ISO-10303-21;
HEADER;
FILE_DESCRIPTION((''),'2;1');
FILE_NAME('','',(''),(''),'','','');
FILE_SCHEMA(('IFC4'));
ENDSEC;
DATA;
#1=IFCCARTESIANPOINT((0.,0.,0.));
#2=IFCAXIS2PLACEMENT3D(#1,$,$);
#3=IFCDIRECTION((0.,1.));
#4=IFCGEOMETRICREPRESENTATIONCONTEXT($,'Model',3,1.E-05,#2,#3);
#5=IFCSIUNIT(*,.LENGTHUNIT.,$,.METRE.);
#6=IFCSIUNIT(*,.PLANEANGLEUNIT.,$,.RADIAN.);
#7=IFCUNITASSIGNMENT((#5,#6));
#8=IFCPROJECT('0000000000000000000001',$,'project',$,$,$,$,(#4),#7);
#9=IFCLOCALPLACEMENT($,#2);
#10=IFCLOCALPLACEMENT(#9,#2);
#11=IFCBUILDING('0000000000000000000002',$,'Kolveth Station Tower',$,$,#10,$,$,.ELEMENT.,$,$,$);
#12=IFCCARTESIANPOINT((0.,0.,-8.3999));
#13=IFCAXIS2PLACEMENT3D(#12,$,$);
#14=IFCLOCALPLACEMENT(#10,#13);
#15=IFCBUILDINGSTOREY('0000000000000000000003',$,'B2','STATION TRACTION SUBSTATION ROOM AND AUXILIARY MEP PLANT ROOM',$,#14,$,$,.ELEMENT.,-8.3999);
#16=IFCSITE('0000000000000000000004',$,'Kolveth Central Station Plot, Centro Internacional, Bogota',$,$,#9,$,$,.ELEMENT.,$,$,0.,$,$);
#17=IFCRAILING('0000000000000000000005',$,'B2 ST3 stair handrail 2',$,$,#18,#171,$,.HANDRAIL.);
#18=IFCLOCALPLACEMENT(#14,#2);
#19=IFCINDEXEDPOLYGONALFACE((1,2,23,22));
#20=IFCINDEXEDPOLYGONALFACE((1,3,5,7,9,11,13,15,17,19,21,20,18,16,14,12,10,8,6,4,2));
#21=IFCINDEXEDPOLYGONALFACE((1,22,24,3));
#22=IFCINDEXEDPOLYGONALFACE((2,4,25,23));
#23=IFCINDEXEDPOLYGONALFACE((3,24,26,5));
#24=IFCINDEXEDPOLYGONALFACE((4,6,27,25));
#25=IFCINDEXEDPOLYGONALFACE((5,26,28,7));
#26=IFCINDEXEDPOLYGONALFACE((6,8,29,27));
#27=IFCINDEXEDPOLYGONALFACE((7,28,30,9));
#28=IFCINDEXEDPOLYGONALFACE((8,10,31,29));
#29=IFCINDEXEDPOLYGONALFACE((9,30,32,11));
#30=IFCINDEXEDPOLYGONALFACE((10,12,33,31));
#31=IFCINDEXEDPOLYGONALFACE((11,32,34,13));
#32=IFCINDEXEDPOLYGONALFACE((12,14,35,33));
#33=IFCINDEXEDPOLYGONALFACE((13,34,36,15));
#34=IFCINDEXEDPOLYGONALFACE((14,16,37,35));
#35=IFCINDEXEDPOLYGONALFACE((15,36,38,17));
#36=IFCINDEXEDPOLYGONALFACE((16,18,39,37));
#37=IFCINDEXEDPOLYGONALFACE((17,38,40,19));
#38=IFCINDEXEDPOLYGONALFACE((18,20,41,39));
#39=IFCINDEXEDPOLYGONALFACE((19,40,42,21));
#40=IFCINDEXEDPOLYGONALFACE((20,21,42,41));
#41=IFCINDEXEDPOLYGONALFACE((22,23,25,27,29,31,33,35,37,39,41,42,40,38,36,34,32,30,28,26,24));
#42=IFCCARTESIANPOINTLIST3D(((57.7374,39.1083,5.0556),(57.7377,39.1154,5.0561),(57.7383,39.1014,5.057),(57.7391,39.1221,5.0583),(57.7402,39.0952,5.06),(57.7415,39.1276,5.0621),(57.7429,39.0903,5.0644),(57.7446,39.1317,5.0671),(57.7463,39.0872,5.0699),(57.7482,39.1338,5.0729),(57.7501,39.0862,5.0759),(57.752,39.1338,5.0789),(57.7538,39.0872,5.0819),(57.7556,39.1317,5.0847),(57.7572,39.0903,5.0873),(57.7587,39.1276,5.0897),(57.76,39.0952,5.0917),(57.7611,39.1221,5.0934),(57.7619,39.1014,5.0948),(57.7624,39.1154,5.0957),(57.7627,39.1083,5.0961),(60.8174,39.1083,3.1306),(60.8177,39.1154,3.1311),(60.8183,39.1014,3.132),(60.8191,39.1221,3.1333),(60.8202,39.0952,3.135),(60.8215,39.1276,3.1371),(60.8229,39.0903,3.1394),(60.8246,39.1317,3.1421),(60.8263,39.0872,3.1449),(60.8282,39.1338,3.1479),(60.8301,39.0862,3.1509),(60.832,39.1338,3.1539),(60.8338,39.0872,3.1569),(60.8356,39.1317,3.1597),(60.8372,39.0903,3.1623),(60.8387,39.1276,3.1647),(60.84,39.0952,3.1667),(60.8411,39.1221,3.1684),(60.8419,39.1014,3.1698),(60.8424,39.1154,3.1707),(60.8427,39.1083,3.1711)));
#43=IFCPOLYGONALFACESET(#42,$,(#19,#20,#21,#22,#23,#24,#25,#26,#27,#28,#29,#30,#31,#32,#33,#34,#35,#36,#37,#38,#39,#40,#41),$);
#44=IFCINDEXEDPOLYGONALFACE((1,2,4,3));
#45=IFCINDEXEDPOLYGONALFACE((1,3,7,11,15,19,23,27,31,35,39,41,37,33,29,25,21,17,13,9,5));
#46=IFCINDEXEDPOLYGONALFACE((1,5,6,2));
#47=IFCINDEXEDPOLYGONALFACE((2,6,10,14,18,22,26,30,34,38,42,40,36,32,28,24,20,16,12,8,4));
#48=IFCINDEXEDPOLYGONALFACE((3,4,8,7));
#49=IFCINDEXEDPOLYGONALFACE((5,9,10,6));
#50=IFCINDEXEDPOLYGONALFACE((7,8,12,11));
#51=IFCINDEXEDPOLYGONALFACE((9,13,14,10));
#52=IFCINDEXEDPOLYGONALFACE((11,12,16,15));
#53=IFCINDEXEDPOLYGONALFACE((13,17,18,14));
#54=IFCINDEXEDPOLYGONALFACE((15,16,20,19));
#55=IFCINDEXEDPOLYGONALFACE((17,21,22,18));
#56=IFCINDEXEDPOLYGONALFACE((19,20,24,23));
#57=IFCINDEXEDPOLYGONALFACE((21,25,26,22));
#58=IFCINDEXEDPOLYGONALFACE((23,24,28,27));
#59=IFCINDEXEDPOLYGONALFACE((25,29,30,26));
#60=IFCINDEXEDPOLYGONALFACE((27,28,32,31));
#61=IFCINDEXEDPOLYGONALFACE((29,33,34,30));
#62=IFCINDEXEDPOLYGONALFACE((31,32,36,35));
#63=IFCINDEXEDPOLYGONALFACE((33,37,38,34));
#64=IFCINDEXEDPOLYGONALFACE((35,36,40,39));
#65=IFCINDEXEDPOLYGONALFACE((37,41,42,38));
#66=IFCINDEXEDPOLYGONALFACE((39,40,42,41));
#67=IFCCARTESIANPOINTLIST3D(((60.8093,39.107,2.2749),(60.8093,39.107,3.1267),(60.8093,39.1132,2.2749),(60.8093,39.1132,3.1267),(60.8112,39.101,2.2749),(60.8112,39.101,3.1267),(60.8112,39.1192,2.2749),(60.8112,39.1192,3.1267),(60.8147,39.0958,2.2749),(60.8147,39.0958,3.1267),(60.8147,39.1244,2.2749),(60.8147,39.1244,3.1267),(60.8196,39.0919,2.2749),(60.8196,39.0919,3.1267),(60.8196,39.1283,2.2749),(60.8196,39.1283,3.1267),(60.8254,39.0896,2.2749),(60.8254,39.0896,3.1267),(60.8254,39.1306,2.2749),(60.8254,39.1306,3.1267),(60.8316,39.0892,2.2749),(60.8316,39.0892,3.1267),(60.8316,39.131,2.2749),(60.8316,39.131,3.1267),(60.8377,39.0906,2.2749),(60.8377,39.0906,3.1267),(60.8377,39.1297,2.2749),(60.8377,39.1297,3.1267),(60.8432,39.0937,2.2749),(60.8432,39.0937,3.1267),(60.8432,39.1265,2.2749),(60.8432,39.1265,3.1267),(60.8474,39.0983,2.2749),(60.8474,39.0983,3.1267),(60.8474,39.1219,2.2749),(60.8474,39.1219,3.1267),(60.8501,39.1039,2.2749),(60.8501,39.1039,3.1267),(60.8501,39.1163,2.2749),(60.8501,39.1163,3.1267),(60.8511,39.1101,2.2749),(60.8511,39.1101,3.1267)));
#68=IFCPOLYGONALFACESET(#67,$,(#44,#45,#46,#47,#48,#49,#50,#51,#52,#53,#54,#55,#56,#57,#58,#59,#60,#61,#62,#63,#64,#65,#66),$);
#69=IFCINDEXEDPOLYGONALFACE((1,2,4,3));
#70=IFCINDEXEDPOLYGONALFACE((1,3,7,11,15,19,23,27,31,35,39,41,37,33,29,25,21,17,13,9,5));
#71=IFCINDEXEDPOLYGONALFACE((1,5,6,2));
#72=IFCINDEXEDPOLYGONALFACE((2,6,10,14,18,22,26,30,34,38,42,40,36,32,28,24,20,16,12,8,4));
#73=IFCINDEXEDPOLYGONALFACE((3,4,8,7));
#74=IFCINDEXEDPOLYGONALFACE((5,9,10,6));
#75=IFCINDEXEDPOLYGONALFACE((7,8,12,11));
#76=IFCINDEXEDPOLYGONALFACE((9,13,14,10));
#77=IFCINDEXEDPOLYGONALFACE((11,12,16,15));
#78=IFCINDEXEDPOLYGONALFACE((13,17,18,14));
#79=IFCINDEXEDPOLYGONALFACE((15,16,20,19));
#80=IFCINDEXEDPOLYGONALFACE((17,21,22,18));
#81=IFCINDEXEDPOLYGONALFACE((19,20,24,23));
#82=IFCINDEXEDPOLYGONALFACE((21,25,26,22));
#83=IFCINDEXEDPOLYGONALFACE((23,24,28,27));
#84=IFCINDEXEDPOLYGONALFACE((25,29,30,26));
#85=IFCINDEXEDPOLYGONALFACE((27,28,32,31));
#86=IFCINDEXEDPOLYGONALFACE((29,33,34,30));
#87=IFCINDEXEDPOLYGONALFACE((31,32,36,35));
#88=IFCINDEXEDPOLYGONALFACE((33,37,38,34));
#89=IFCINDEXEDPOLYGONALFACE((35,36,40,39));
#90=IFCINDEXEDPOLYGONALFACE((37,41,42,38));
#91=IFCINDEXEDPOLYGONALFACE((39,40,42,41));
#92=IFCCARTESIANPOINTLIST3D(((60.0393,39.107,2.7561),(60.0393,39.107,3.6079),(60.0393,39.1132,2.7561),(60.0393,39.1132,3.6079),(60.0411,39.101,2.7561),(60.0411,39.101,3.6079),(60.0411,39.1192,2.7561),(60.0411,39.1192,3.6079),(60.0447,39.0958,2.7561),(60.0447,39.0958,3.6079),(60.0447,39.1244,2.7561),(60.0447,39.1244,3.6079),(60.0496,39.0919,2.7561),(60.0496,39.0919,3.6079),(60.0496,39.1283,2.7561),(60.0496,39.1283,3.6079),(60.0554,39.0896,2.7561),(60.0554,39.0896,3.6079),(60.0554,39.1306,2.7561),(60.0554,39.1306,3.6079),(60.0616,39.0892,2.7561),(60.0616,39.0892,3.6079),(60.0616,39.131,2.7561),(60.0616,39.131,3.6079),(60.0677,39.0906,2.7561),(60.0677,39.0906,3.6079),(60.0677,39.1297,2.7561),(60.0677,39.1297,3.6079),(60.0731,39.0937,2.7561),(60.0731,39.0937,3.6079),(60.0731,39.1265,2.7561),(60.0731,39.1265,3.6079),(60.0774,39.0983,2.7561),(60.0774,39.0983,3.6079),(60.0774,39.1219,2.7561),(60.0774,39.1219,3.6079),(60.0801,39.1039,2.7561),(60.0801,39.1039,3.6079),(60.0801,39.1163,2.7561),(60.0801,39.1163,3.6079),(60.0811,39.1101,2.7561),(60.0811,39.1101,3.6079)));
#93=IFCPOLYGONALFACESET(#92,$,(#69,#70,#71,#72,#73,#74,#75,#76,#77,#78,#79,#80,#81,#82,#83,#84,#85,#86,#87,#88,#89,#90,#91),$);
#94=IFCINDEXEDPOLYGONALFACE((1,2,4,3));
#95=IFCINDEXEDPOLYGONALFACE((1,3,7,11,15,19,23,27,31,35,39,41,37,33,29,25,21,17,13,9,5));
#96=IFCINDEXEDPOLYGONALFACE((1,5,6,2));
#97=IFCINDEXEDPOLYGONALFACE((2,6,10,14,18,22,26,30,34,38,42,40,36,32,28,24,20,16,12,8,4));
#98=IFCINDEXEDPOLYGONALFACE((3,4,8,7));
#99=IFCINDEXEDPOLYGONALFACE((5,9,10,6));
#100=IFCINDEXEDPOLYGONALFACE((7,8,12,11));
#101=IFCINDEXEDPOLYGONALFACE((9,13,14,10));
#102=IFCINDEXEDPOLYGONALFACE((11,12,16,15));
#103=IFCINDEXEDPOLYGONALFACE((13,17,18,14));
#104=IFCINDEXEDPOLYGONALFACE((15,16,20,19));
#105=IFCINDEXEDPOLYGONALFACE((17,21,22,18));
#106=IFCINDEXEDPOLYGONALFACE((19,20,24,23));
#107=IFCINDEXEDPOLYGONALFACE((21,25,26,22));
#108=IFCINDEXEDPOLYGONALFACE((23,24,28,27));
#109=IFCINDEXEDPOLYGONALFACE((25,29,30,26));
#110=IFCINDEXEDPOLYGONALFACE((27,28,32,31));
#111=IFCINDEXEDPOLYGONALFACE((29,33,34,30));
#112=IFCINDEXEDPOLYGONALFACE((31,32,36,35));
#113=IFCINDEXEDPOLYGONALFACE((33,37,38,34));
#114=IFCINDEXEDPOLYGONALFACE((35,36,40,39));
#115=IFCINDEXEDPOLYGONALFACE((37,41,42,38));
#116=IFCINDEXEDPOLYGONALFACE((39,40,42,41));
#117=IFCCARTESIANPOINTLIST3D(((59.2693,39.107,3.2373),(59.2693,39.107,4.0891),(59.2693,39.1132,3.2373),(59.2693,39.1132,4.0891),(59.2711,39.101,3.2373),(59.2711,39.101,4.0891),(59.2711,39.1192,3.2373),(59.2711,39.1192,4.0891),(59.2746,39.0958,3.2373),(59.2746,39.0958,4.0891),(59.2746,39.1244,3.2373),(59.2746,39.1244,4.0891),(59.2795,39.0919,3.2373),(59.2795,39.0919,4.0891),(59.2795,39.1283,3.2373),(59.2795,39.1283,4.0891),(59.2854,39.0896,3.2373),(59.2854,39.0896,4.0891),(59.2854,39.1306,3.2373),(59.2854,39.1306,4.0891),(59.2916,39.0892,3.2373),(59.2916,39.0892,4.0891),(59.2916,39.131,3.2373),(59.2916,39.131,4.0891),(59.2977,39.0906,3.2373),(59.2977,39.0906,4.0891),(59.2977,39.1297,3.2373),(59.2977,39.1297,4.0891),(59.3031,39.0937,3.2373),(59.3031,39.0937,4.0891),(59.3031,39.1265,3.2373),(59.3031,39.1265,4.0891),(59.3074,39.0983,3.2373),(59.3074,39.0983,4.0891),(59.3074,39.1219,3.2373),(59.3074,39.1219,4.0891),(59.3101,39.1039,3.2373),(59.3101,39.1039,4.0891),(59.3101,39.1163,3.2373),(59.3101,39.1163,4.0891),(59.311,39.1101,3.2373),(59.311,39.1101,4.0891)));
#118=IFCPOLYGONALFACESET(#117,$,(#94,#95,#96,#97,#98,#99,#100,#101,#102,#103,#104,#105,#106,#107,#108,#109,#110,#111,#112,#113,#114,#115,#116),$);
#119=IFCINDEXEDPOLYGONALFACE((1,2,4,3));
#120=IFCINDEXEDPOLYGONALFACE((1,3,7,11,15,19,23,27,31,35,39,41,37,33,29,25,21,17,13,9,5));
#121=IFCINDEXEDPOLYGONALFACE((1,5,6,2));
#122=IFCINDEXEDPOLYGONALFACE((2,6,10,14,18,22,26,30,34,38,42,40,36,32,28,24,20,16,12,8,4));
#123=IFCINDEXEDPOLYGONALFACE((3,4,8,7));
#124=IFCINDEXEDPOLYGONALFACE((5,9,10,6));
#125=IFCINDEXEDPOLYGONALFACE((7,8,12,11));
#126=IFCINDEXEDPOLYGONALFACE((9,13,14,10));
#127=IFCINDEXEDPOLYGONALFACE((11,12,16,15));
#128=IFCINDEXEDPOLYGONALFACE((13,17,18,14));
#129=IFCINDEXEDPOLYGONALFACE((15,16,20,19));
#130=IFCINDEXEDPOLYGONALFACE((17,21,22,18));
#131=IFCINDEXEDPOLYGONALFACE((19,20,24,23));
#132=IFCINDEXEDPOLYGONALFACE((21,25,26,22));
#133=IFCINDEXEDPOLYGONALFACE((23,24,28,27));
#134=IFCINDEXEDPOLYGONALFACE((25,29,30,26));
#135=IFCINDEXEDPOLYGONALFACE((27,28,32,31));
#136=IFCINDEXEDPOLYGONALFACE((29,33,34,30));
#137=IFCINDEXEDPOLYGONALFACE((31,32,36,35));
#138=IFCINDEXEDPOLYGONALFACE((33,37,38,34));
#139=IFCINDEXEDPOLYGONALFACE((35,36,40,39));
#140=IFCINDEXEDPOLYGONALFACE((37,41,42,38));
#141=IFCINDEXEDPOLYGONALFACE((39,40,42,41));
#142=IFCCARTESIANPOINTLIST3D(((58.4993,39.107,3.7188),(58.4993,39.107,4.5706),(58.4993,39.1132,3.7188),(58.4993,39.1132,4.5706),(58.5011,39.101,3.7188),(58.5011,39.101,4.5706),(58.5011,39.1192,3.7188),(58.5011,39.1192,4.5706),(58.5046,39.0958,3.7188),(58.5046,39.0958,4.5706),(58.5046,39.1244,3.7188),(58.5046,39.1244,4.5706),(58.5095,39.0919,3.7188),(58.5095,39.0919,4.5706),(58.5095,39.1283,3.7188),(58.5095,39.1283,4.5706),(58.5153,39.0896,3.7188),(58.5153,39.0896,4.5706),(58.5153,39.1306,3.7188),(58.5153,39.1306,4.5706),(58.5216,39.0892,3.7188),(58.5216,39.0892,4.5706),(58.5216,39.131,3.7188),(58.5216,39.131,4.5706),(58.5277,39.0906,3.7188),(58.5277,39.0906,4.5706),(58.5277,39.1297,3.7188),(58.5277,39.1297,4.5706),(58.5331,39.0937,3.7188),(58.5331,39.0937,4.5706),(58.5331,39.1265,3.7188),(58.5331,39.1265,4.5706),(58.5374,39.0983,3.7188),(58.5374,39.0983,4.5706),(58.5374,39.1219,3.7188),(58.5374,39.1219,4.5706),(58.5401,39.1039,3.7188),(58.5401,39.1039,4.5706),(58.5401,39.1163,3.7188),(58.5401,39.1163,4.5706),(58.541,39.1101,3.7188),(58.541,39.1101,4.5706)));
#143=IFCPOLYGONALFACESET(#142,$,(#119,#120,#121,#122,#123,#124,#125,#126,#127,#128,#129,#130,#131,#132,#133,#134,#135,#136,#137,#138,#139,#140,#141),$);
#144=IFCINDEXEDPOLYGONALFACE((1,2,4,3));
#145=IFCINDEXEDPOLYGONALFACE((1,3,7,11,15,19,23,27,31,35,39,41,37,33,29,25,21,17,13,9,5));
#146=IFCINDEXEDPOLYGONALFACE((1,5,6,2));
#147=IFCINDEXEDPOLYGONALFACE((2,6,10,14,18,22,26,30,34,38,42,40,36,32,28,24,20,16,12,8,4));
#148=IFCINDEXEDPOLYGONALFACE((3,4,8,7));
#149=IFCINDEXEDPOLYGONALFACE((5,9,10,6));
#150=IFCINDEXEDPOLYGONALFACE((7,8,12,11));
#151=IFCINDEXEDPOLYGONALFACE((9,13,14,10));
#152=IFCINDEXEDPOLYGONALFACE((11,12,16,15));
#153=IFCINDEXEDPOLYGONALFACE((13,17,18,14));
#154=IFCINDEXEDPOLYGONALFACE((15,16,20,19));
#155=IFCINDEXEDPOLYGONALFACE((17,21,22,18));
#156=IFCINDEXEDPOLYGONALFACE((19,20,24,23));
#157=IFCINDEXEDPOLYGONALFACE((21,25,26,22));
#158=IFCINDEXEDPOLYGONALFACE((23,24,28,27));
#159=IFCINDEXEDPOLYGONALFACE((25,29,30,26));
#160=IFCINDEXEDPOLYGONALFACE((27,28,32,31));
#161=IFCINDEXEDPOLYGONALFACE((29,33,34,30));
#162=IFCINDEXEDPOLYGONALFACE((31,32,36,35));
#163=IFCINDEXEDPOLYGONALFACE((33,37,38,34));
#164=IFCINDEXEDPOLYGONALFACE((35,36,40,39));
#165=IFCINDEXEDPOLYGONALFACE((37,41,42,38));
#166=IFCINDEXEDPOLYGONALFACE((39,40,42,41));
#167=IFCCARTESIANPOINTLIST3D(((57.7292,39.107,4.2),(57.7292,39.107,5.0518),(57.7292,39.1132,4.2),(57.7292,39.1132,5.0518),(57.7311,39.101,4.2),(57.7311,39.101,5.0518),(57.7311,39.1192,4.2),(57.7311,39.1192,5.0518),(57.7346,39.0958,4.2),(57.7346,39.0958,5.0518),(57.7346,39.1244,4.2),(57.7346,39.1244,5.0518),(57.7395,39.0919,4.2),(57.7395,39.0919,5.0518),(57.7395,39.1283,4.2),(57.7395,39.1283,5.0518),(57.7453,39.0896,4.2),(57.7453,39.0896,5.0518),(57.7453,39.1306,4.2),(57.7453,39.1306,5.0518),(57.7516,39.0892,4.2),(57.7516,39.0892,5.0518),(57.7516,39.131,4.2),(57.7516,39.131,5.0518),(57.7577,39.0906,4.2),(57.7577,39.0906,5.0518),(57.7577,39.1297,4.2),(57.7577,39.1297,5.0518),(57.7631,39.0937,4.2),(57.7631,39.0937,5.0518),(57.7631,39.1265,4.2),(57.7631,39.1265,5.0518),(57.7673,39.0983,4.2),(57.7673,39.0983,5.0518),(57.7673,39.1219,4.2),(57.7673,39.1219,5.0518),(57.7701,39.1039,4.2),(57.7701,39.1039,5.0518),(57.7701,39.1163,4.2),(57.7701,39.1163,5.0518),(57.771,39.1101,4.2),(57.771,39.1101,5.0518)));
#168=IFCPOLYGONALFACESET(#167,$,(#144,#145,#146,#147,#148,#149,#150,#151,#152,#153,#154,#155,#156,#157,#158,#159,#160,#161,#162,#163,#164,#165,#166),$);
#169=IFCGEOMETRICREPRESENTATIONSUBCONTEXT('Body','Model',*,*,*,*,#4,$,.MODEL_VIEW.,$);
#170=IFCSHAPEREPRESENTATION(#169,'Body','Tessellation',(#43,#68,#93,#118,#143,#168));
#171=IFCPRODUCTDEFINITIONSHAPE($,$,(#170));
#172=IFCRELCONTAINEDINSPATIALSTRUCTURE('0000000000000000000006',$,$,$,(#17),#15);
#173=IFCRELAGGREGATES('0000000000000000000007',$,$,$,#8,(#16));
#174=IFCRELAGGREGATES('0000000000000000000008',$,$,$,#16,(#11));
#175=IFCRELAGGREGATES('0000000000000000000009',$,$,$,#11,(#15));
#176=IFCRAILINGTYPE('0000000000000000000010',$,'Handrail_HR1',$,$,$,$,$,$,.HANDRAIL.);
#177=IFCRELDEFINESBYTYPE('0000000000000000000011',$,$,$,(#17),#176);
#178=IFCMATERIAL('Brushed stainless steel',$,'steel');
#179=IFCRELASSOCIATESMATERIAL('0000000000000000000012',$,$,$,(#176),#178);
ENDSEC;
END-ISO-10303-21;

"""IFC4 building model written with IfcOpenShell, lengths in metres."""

from ifc_helpers import new_model, si_unit, direction, frame, origin, origin_2d, place, context, subcontext, project, spatial, circle, extrude, material, type_object, element, save


model = new_model("IFC4")

# Units and contexts
model_context = context("Model", 3, precision=1e-05, world=origin(), true_north=direction((0.0, 1.0)))
body_context = subcontext(model_context, "Body", "Model", "MODEL_VIEW")
ifc_project = project(units=[si_unit("LENGTHUNIT", "METRE"), si_unit("PLANEANGLEUNIT", "RADIAN")], contexts=[model_context])

# Site, building, storey
site_placement = place(None, origin())
site = spatial("IfcSite", under=ifc_project, at=site_placement, Name="Kolveth Central Station Plot, Centro Internacional, Bogota", CompositionType="ELEMENT", RefElevation=0.0)
building_placement = place(site_placement, origin())
building = spatial("IfcBuilding", under=site, at=building_placement, Name="Kolveth Station Tower", CompositionType="ELEMENT")
storey_placement = place(building_placement, frame((0.0, 0.0, -8.3999)))
storey = spatial("IfcBuildingStorey", under=building, at=storey_placement, Name="B2", Description="STATION TRACTION SUBSTATION ROOM AND AUXILIARY MEP PLANT ROOM", CompositionType="ELEMENT", Elevation=-8.3999)

# Railing
ifc_material_1 = material(Name="Brushed stainless steel", Category="steel")
railing_type_1 = type_object("IfcRailingType", Name="Handrail_HR1", PredefinedType="HANDRAIL", material=ifc_material_1)
railing_1_placement = place(storey_placement, frame((60.8301, 39.1101, 2.2749)))
element("IfcRailing", 1, at=railing_1_placement, inside=storey, type_object=railing_type_1, Name="B2 ST3 stair handrail 2", PredefinedType="HANDRAIL", context=body_context, shape_type="SweptSolid", body=[
    extrude(circle(Radius=0.0239, at=origin_2d()), frame((0.0, 0.0, 0.876), z_axis=(-0.847998, 0.0, 0.529999), x_axis=(0.0, -1.0, 0.0)), (0.0, 0.0, 1.0), 3.6321),
    extrude(circle(Radius=0.021, at=origin_2d()), origin(), (0.0, 0.0, 1.0), 0.8518),
    extrude(circle(Radius=0.021, at=origin_2d()), frame((-0.77, 0.0, 0.4812)), (0.0, 0.0, 1.0), 0.8518),
    extrude(circle(Radius=0.021, at=origin_2d()), frame((-1.54, 0.0, 0.9624)), (0.0, 0.0, 1.0), 0.8518),
    extrude(circle(Radius=0.021, at=origin_2d()), frame((-2.3101, 0.0, 1.4438)), (0.0, 0.0, 1.0), 0.8518),
    extrude(circle(Radius=0.021, at=origin_2d()), frame((-3.0801, 0.0, 1.925)), (0.0, 0.0, 1.0), 0.8518),
])

save(model, "model.ifc")
